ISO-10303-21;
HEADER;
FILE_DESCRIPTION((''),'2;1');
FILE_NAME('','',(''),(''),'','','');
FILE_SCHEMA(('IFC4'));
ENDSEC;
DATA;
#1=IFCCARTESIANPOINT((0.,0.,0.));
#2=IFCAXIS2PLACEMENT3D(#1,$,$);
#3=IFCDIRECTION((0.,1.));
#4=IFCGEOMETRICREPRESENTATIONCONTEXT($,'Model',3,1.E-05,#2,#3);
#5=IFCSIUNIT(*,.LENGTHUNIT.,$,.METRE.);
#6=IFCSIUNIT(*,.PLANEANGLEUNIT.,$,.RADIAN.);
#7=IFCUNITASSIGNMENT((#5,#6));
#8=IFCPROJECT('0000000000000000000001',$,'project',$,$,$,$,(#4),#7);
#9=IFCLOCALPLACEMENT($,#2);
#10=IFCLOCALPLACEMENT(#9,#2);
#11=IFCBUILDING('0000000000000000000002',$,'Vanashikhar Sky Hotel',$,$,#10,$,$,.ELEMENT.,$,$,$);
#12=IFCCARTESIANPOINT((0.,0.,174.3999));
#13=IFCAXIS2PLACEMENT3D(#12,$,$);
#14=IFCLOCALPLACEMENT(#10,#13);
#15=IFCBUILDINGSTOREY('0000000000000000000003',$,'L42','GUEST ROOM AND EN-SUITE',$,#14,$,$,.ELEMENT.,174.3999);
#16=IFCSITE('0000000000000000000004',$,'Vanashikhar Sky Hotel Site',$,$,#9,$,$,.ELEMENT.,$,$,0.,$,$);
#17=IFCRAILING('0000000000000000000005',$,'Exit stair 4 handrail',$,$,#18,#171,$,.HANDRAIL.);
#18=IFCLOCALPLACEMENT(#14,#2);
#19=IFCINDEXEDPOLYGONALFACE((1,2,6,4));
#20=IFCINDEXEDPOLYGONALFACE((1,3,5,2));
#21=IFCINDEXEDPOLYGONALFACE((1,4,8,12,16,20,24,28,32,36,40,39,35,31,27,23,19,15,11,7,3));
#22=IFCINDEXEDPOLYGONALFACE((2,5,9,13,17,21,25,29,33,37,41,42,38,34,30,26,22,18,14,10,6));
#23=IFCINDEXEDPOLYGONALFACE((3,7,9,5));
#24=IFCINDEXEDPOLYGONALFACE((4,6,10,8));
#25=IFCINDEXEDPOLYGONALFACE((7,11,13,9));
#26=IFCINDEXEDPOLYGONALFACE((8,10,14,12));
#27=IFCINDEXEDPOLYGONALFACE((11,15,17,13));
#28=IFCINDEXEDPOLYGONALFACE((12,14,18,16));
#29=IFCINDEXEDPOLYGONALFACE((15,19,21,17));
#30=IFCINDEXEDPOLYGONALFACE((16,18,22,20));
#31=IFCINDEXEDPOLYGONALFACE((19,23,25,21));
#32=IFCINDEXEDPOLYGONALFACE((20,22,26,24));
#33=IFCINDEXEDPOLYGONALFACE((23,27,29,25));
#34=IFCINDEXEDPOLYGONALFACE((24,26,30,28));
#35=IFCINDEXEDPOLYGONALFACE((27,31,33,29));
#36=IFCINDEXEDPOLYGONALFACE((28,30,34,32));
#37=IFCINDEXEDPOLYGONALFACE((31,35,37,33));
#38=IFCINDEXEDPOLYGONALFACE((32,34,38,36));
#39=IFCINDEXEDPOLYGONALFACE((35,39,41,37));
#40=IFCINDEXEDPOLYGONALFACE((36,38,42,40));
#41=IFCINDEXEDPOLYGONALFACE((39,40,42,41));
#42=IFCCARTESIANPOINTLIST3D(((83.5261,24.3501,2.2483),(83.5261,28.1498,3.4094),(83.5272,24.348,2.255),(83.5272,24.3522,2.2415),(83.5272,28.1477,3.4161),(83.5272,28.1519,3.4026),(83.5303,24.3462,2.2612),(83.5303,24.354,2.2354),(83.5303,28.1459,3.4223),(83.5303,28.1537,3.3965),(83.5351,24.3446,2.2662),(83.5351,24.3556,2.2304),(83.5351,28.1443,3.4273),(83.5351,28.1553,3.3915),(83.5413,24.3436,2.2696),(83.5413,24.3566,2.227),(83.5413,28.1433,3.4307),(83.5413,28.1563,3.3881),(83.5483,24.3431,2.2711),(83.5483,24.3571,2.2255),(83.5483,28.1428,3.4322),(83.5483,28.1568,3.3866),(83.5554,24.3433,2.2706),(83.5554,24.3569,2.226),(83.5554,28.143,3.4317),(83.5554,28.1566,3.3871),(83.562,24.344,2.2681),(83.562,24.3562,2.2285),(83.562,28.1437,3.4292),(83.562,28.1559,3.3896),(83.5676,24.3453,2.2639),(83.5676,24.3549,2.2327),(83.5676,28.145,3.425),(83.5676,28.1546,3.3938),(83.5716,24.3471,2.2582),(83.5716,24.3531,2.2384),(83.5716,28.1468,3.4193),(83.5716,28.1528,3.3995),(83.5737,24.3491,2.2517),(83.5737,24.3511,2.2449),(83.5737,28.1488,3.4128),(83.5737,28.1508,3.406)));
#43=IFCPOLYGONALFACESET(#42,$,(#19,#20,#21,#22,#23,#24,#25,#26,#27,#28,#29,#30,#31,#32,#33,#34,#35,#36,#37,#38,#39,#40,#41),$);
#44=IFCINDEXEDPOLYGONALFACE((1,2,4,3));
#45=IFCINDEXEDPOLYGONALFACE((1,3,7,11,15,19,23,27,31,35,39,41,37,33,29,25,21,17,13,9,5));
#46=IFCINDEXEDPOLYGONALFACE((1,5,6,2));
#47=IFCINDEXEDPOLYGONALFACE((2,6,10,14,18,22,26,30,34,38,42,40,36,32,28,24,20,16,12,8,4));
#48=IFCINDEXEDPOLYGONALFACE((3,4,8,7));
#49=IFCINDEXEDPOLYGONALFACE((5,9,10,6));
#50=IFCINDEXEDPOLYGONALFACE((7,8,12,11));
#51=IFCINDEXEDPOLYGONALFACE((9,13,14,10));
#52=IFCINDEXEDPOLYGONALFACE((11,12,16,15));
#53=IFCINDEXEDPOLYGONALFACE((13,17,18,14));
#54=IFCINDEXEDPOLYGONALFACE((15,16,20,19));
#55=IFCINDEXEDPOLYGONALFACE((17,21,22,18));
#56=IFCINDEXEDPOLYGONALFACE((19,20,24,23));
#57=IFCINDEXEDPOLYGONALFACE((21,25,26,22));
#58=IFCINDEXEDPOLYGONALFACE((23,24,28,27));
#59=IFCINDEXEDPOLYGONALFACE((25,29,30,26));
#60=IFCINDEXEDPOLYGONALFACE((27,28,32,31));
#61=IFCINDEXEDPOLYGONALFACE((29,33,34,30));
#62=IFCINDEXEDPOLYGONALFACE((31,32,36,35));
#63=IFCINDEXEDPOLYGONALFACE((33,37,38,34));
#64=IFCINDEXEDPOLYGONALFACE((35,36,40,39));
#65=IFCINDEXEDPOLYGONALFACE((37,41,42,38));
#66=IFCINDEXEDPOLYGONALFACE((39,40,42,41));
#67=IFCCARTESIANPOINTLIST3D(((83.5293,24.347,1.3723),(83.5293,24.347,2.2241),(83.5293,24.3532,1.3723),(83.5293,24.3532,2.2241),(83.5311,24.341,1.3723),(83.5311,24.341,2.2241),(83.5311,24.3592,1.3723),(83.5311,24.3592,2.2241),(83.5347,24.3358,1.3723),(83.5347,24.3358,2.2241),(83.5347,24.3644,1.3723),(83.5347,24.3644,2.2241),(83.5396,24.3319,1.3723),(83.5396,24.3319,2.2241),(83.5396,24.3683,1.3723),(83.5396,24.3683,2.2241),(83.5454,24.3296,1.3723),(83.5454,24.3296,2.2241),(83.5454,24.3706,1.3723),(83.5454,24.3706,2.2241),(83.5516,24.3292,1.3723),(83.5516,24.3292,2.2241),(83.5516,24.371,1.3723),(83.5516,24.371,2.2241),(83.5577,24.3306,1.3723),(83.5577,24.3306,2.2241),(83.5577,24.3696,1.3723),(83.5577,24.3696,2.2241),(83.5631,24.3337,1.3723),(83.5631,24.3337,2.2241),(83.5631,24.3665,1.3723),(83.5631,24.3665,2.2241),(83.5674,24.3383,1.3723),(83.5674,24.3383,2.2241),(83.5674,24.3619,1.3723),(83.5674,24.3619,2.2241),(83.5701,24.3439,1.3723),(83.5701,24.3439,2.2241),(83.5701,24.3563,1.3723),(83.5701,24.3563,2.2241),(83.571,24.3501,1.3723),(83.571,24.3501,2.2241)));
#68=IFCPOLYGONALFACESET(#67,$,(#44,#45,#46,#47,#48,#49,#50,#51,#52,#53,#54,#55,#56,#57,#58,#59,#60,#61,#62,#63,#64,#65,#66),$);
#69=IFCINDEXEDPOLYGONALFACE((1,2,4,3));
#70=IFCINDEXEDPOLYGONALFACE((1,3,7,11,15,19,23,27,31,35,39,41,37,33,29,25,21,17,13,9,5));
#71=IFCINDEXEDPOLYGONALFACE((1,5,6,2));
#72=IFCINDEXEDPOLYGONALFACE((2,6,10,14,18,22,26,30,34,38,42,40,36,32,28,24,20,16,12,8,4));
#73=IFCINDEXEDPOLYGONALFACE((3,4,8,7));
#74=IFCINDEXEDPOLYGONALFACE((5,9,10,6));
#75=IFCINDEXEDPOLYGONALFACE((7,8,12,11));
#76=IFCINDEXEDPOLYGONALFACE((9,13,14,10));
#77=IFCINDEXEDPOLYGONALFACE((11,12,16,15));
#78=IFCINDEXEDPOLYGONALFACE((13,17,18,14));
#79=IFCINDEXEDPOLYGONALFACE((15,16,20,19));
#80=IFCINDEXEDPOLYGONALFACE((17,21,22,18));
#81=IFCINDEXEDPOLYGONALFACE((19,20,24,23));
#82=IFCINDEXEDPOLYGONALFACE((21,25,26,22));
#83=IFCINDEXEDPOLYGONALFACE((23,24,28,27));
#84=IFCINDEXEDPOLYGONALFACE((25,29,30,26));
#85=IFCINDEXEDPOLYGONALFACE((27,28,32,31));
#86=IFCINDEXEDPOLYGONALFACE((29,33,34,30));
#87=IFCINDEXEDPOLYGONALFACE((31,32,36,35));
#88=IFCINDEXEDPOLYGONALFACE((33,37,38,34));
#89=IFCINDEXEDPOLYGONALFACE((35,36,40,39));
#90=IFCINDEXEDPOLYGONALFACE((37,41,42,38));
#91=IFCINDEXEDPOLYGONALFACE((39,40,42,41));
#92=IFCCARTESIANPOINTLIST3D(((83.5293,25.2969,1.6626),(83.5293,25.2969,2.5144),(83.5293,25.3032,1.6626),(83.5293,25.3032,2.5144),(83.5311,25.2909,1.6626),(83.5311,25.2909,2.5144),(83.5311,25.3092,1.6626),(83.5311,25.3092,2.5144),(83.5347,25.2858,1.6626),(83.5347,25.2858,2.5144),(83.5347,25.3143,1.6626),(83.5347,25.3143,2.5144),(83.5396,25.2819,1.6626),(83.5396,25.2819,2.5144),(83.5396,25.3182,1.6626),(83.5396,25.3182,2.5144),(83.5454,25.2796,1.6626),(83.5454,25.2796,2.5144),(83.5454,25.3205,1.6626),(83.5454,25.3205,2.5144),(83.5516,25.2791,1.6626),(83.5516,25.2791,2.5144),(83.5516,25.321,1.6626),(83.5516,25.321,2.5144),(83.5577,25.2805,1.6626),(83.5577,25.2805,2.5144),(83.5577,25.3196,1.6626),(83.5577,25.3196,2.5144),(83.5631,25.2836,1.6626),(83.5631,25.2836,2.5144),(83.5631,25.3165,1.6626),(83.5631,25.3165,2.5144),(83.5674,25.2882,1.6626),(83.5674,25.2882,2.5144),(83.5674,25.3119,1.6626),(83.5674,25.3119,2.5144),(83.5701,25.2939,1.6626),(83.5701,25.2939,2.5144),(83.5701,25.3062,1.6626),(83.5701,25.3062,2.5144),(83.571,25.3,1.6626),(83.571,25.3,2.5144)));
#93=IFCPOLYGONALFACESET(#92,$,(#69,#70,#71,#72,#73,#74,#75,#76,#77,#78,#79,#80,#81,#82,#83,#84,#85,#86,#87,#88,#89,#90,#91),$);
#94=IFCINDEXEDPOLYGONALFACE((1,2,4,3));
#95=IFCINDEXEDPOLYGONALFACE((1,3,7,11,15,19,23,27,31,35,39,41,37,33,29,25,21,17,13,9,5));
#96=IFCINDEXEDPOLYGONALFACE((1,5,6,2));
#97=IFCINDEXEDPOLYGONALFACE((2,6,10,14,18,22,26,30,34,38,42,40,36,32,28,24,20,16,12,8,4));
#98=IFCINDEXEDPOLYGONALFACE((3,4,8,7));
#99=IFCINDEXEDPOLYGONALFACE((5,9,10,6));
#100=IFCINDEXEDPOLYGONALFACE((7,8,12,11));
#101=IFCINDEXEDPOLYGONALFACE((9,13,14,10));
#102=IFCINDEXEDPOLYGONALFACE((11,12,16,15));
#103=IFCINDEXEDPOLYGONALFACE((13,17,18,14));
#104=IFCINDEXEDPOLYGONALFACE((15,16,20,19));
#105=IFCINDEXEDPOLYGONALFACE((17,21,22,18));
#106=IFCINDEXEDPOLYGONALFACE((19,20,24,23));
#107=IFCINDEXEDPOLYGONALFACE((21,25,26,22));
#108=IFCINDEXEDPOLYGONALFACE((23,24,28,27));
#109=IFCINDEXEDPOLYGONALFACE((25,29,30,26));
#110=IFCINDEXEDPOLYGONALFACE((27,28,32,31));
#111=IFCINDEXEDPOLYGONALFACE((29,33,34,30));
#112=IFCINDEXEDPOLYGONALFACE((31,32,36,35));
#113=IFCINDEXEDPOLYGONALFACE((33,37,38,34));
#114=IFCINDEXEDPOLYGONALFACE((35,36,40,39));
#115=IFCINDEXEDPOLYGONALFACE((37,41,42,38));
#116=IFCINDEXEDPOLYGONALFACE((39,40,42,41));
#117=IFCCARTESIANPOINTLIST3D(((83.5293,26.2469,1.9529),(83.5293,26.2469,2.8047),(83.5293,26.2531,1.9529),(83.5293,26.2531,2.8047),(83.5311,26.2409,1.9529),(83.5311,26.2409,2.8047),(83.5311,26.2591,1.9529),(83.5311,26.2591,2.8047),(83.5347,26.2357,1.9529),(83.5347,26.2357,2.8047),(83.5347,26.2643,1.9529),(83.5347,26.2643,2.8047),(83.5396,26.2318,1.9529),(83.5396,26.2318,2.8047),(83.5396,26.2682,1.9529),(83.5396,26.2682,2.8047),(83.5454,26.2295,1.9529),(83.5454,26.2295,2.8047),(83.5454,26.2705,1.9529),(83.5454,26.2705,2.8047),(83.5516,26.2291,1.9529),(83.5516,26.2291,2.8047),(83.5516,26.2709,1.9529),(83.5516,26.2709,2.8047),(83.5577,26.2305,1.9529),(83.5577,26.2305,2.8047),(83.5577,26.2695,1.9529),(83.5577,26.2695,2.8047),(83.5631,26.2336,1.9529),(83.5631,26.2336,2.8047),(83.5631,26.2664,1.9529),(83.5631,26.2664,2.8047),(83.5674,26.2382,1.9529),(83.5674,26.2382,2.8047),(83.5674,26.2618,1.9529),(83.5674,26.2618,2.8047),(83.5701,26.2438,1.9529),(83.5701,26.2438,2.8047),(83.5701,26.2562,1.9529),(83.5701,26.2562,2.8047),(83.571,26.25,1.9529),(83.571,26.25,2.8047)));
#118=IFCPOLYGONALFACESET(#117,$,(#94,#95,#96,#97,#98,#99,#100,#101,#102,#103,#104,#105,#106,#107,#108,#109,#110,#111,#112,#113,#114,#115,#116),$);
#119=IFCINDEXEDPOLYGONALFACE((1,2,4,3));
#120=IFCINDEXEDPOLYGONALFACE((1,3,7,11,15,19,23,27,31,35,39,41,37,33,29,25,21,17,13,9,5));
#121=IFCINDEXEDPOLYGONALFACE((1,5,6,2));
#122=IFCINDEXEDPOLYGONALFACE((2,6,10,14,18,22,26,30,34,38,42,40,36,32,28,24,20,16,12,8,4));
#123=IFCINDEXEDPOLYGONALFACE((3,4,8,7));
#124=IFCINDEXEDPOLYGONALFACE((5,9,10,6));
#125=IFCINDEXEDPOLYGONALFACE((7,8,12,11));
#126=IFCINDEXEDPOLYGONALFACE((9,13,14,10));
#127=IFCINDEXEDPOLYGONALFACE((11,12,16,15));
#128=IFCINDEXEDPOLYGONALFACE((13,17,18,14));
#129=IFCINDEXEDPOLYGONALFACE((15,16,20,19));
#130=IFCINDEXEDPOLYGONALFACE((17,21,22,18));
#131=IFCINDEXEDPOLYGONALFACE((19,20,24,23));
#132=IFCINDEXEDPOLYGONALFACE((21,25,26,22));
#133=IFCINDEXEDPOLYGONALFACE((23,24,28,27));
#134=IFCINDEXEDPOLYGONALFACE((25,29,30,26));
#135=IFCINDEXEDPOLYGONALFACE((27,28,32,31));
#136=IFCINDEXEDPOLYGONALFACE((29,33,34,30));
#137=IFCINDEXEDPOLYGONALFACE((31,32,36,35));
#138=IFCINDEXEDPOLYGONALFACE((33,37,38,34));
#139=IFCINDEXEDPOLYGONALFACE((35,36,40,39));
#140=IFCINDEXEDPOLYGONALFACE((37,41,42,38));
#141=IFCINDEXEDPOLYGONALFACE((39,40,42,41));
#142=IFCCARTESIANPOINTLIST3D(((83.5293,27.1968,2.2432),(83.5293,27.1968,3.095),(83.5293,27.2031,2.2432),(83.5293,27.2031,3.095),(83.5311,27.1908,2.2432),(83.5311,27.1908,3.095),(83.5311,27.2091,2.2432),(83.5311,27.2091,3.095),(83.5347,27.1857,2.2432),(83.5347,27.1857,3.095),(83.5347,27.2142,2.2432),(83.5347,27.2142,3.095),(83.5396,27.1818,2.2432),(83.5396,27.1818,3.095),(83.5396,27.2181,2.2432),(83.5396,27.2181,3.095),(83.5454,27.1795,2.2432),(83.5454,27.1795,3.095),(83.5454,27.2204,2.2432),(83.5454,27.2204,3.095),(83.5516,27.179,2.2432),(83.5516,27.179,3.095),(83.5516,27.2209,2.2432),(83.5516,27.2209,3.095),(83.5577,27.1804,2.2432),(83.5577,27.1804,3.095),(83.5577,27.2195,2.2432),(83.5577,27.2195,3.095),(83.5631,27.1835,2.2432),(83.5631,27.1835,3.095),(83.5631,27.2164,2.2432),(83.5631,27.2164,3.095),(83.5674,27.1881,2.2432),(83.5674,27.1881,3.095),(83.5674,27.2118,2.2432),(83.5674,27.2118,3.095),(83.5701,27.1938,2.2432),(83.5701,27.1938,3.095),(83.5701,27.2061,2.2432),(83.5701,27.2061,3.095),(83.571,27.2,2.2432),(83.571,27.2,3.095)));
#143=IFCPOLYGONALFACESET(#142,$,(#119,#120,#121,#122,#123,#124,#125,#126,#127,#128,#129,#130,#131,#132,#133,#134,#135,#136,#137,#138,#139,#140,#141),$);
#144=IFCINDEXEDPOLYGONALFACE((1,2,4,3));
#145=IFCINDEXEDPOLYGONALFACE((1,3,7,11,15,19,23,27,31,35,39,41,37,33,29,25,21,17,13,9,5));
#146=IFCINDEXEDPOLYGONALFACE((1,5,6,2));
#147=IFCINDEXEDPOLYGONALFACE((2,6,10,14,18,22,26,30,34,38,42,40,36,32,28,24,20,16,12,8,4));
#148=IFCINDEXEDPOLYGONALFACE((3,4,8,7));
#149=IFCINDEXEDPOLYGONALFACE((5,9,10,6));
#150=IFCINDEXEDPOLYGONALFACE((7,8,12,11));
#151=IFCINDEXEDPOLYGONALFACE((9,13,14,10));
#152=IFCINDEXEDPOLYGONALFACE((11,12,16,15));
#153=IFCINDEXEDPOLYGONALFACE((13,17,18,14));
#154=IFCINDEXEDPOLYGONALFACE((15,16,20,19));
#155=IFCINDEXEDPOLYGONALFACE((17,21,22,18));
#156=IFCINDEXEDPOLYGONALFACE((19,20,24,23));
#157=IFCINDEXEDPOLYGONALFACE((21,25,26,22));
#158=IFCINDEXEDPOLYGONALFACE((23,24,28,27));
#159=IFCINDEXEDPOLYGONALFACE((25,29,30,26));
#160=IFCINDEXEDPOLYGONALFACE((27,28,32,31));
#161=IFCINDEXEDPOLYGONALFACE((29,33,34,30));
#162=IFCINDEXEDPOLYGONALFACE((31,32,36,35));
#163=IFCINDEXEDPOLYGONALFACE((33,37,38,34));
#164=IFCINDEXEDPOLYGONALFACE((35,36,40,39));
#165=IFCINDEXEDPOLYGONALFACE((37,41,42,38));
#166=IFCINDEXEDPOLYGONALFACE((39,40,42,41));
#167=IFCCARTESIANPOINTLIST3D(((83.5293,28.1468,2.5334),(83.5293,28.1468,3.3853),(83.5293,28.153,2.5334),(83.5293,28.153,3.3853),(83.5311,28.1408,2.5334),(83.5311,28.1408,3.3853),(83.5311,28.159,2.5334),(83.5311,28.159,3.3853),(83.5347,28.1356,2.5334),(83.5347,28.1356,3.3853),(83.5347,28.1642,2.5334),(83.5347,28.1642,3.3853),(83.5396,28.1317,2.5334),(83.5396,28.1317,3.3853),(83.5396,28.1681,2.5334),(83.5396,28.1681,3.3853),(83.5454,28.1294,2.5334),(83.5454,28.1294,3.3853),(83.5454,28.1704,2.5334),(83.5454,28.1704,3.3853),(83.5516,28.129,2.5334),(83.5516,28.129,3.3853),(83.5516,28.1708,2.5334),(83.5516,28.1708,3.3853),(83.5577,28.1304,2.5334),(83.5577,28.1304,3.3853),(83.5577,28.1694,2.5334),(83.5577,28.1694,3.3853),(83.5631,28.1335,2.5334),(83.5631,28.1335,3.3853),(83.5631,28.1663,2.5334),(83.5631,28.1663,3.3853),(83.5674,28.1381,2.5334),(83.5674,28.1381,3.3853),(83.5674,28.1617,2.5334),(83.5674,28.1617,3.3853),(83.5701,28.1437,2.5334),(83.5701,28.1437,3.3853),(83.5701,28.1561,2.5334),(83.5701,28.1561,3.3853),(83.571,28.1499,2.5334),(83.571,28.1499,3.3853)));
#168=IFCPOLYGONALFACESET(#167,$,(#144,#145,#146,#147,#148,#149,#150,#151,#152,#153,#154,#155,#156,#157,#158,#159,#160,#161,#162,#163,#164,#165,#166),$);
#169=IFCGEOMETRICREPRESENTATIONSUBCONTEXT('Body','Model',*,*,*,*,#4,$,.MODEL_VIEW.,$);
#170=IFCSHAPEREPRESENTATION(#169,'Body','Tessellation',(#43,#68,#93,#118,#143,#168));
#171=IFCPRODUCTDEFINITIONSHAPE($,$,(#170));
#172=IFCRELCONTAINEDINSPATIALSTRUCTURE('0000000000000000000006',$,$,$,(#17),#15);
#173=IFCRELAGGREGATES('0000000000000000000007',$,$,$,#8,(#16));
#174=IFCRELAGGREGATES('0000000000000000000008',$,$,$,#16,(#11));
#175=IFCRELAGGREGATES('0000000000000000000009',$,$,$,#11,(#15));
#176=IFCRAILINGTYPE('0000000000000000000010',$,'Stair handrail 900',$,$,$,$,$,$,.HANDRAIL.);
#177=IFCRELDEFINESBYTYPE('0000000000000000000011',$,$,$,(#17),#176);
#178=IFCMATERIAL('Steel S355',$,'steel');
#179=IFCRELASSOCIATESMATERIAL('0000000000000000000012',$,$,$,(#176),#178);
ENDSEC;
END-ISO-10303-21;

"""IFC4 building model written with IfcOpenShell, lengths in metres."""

from ifc_helpers import new_model, si_unit, direction, frame, origin, origin_2d, place, context, subcontext, project, spatial, circle, extrude, source, transform, mapped, material, type_object, element, save


model = new_model("IFC4")

# Units and contexts
model_context = context("Model", 3, precision=1e-05, world=origin(), true_north=direction((0.0, 1.0)))
body_context = subcontext(model_context, "Body", "Model", "MODEL_VIEW")
ifc_project = project(units=[si_unit("LENGTHUNIT", "METRE"), si_unit("PLANEANGLEUNIT", "RADIAN")], contexts=[model_context])

# Site, building, storey
site_placement = place(None, origin())
site = spatial("IfcSite", under=ifc_project, at=site_placement, Name="Vanashikhar Sky Hotel Site", CompositionType="ELEMENT", RefElevation=0.0)
building_placement = place(site_placement, origin())
building = spatial("IfcBuilding", under=site, at=building_placement, Name="Vanashikhar Sky Hotel", CompositionType="ELEMENT")
storey_placement = place(building_placement, frame((0.0, 0.0, 174.3999)))
storey = spatial("IfcBuildingStorey", under=building, at=storey_placement, Name="L42", Description="GUEST ROOM AND EN-SUITE", CompositionType="ELEMENT", Elevation=174.3999)

# Railing
ifc_material_1 = material(Name="Steel S355", Category="steel")
railing_type = type_object("IfcRailingType", Name="Stair handrail 900", PredefinedType="HANDRAIL", material=ifc_material_1)
shared_shape_1 = source(origin(), body_context, "Body", "SweptSolid", [
    extrude(circle(Radius=0.0239, at=origin_2d()), frame((0.0, 0.0, 0.876), z_axis=(0.0, 0.956346, 0.292237), x_axis=(-1.0, 0.0, 0.0)), (0.0, 0.0, 1.0), 3.9731),
    extrude(circle(Radius=0.021, at=origin_2d()), origin(), (0.0, 0.0, 1.0), 0.8518),
    extrude(circle(Radius=0.021, at=origin_2d()), frame((0.0, 0.95, 0.2903)), (0.0, 0.0, 1.0), 0.8518),
    extrude(circle(Radius=0.021, at=origin_2d()), frame((0.0, 1.8999, 0.5806)), (0.0, 0.0, 1.0), 0.8518),
    extrude(circle(Radius=0.021, at=origin_2d()), frame((0.0, 2.8499, 0.8708)), (0.0, 0.0, 1.0), 0.8518),
    extrude(circle(Radius=0.021, at=origin_2d()), frame((0.0, 3.7998, 1.1611)), (0.0, 0.0, 1.0), 0.8518),
])
railing_placement = place(storey_placement, frame((83.55, 24.3501, 1.3723)))
element("IfcRailing", 1, at=railing_placement, inside=storey, type_object=railing_type, Name="Exit stair 4 handrail", PredefinedType="HANDRAIL", context=body_context, shape_type="MappedRepresentation", body=[
    mapped(shared_shape_1, transform((0.0, 0.0, 0.0), scale=1.0)),
])

save(model, "model.ifc")
